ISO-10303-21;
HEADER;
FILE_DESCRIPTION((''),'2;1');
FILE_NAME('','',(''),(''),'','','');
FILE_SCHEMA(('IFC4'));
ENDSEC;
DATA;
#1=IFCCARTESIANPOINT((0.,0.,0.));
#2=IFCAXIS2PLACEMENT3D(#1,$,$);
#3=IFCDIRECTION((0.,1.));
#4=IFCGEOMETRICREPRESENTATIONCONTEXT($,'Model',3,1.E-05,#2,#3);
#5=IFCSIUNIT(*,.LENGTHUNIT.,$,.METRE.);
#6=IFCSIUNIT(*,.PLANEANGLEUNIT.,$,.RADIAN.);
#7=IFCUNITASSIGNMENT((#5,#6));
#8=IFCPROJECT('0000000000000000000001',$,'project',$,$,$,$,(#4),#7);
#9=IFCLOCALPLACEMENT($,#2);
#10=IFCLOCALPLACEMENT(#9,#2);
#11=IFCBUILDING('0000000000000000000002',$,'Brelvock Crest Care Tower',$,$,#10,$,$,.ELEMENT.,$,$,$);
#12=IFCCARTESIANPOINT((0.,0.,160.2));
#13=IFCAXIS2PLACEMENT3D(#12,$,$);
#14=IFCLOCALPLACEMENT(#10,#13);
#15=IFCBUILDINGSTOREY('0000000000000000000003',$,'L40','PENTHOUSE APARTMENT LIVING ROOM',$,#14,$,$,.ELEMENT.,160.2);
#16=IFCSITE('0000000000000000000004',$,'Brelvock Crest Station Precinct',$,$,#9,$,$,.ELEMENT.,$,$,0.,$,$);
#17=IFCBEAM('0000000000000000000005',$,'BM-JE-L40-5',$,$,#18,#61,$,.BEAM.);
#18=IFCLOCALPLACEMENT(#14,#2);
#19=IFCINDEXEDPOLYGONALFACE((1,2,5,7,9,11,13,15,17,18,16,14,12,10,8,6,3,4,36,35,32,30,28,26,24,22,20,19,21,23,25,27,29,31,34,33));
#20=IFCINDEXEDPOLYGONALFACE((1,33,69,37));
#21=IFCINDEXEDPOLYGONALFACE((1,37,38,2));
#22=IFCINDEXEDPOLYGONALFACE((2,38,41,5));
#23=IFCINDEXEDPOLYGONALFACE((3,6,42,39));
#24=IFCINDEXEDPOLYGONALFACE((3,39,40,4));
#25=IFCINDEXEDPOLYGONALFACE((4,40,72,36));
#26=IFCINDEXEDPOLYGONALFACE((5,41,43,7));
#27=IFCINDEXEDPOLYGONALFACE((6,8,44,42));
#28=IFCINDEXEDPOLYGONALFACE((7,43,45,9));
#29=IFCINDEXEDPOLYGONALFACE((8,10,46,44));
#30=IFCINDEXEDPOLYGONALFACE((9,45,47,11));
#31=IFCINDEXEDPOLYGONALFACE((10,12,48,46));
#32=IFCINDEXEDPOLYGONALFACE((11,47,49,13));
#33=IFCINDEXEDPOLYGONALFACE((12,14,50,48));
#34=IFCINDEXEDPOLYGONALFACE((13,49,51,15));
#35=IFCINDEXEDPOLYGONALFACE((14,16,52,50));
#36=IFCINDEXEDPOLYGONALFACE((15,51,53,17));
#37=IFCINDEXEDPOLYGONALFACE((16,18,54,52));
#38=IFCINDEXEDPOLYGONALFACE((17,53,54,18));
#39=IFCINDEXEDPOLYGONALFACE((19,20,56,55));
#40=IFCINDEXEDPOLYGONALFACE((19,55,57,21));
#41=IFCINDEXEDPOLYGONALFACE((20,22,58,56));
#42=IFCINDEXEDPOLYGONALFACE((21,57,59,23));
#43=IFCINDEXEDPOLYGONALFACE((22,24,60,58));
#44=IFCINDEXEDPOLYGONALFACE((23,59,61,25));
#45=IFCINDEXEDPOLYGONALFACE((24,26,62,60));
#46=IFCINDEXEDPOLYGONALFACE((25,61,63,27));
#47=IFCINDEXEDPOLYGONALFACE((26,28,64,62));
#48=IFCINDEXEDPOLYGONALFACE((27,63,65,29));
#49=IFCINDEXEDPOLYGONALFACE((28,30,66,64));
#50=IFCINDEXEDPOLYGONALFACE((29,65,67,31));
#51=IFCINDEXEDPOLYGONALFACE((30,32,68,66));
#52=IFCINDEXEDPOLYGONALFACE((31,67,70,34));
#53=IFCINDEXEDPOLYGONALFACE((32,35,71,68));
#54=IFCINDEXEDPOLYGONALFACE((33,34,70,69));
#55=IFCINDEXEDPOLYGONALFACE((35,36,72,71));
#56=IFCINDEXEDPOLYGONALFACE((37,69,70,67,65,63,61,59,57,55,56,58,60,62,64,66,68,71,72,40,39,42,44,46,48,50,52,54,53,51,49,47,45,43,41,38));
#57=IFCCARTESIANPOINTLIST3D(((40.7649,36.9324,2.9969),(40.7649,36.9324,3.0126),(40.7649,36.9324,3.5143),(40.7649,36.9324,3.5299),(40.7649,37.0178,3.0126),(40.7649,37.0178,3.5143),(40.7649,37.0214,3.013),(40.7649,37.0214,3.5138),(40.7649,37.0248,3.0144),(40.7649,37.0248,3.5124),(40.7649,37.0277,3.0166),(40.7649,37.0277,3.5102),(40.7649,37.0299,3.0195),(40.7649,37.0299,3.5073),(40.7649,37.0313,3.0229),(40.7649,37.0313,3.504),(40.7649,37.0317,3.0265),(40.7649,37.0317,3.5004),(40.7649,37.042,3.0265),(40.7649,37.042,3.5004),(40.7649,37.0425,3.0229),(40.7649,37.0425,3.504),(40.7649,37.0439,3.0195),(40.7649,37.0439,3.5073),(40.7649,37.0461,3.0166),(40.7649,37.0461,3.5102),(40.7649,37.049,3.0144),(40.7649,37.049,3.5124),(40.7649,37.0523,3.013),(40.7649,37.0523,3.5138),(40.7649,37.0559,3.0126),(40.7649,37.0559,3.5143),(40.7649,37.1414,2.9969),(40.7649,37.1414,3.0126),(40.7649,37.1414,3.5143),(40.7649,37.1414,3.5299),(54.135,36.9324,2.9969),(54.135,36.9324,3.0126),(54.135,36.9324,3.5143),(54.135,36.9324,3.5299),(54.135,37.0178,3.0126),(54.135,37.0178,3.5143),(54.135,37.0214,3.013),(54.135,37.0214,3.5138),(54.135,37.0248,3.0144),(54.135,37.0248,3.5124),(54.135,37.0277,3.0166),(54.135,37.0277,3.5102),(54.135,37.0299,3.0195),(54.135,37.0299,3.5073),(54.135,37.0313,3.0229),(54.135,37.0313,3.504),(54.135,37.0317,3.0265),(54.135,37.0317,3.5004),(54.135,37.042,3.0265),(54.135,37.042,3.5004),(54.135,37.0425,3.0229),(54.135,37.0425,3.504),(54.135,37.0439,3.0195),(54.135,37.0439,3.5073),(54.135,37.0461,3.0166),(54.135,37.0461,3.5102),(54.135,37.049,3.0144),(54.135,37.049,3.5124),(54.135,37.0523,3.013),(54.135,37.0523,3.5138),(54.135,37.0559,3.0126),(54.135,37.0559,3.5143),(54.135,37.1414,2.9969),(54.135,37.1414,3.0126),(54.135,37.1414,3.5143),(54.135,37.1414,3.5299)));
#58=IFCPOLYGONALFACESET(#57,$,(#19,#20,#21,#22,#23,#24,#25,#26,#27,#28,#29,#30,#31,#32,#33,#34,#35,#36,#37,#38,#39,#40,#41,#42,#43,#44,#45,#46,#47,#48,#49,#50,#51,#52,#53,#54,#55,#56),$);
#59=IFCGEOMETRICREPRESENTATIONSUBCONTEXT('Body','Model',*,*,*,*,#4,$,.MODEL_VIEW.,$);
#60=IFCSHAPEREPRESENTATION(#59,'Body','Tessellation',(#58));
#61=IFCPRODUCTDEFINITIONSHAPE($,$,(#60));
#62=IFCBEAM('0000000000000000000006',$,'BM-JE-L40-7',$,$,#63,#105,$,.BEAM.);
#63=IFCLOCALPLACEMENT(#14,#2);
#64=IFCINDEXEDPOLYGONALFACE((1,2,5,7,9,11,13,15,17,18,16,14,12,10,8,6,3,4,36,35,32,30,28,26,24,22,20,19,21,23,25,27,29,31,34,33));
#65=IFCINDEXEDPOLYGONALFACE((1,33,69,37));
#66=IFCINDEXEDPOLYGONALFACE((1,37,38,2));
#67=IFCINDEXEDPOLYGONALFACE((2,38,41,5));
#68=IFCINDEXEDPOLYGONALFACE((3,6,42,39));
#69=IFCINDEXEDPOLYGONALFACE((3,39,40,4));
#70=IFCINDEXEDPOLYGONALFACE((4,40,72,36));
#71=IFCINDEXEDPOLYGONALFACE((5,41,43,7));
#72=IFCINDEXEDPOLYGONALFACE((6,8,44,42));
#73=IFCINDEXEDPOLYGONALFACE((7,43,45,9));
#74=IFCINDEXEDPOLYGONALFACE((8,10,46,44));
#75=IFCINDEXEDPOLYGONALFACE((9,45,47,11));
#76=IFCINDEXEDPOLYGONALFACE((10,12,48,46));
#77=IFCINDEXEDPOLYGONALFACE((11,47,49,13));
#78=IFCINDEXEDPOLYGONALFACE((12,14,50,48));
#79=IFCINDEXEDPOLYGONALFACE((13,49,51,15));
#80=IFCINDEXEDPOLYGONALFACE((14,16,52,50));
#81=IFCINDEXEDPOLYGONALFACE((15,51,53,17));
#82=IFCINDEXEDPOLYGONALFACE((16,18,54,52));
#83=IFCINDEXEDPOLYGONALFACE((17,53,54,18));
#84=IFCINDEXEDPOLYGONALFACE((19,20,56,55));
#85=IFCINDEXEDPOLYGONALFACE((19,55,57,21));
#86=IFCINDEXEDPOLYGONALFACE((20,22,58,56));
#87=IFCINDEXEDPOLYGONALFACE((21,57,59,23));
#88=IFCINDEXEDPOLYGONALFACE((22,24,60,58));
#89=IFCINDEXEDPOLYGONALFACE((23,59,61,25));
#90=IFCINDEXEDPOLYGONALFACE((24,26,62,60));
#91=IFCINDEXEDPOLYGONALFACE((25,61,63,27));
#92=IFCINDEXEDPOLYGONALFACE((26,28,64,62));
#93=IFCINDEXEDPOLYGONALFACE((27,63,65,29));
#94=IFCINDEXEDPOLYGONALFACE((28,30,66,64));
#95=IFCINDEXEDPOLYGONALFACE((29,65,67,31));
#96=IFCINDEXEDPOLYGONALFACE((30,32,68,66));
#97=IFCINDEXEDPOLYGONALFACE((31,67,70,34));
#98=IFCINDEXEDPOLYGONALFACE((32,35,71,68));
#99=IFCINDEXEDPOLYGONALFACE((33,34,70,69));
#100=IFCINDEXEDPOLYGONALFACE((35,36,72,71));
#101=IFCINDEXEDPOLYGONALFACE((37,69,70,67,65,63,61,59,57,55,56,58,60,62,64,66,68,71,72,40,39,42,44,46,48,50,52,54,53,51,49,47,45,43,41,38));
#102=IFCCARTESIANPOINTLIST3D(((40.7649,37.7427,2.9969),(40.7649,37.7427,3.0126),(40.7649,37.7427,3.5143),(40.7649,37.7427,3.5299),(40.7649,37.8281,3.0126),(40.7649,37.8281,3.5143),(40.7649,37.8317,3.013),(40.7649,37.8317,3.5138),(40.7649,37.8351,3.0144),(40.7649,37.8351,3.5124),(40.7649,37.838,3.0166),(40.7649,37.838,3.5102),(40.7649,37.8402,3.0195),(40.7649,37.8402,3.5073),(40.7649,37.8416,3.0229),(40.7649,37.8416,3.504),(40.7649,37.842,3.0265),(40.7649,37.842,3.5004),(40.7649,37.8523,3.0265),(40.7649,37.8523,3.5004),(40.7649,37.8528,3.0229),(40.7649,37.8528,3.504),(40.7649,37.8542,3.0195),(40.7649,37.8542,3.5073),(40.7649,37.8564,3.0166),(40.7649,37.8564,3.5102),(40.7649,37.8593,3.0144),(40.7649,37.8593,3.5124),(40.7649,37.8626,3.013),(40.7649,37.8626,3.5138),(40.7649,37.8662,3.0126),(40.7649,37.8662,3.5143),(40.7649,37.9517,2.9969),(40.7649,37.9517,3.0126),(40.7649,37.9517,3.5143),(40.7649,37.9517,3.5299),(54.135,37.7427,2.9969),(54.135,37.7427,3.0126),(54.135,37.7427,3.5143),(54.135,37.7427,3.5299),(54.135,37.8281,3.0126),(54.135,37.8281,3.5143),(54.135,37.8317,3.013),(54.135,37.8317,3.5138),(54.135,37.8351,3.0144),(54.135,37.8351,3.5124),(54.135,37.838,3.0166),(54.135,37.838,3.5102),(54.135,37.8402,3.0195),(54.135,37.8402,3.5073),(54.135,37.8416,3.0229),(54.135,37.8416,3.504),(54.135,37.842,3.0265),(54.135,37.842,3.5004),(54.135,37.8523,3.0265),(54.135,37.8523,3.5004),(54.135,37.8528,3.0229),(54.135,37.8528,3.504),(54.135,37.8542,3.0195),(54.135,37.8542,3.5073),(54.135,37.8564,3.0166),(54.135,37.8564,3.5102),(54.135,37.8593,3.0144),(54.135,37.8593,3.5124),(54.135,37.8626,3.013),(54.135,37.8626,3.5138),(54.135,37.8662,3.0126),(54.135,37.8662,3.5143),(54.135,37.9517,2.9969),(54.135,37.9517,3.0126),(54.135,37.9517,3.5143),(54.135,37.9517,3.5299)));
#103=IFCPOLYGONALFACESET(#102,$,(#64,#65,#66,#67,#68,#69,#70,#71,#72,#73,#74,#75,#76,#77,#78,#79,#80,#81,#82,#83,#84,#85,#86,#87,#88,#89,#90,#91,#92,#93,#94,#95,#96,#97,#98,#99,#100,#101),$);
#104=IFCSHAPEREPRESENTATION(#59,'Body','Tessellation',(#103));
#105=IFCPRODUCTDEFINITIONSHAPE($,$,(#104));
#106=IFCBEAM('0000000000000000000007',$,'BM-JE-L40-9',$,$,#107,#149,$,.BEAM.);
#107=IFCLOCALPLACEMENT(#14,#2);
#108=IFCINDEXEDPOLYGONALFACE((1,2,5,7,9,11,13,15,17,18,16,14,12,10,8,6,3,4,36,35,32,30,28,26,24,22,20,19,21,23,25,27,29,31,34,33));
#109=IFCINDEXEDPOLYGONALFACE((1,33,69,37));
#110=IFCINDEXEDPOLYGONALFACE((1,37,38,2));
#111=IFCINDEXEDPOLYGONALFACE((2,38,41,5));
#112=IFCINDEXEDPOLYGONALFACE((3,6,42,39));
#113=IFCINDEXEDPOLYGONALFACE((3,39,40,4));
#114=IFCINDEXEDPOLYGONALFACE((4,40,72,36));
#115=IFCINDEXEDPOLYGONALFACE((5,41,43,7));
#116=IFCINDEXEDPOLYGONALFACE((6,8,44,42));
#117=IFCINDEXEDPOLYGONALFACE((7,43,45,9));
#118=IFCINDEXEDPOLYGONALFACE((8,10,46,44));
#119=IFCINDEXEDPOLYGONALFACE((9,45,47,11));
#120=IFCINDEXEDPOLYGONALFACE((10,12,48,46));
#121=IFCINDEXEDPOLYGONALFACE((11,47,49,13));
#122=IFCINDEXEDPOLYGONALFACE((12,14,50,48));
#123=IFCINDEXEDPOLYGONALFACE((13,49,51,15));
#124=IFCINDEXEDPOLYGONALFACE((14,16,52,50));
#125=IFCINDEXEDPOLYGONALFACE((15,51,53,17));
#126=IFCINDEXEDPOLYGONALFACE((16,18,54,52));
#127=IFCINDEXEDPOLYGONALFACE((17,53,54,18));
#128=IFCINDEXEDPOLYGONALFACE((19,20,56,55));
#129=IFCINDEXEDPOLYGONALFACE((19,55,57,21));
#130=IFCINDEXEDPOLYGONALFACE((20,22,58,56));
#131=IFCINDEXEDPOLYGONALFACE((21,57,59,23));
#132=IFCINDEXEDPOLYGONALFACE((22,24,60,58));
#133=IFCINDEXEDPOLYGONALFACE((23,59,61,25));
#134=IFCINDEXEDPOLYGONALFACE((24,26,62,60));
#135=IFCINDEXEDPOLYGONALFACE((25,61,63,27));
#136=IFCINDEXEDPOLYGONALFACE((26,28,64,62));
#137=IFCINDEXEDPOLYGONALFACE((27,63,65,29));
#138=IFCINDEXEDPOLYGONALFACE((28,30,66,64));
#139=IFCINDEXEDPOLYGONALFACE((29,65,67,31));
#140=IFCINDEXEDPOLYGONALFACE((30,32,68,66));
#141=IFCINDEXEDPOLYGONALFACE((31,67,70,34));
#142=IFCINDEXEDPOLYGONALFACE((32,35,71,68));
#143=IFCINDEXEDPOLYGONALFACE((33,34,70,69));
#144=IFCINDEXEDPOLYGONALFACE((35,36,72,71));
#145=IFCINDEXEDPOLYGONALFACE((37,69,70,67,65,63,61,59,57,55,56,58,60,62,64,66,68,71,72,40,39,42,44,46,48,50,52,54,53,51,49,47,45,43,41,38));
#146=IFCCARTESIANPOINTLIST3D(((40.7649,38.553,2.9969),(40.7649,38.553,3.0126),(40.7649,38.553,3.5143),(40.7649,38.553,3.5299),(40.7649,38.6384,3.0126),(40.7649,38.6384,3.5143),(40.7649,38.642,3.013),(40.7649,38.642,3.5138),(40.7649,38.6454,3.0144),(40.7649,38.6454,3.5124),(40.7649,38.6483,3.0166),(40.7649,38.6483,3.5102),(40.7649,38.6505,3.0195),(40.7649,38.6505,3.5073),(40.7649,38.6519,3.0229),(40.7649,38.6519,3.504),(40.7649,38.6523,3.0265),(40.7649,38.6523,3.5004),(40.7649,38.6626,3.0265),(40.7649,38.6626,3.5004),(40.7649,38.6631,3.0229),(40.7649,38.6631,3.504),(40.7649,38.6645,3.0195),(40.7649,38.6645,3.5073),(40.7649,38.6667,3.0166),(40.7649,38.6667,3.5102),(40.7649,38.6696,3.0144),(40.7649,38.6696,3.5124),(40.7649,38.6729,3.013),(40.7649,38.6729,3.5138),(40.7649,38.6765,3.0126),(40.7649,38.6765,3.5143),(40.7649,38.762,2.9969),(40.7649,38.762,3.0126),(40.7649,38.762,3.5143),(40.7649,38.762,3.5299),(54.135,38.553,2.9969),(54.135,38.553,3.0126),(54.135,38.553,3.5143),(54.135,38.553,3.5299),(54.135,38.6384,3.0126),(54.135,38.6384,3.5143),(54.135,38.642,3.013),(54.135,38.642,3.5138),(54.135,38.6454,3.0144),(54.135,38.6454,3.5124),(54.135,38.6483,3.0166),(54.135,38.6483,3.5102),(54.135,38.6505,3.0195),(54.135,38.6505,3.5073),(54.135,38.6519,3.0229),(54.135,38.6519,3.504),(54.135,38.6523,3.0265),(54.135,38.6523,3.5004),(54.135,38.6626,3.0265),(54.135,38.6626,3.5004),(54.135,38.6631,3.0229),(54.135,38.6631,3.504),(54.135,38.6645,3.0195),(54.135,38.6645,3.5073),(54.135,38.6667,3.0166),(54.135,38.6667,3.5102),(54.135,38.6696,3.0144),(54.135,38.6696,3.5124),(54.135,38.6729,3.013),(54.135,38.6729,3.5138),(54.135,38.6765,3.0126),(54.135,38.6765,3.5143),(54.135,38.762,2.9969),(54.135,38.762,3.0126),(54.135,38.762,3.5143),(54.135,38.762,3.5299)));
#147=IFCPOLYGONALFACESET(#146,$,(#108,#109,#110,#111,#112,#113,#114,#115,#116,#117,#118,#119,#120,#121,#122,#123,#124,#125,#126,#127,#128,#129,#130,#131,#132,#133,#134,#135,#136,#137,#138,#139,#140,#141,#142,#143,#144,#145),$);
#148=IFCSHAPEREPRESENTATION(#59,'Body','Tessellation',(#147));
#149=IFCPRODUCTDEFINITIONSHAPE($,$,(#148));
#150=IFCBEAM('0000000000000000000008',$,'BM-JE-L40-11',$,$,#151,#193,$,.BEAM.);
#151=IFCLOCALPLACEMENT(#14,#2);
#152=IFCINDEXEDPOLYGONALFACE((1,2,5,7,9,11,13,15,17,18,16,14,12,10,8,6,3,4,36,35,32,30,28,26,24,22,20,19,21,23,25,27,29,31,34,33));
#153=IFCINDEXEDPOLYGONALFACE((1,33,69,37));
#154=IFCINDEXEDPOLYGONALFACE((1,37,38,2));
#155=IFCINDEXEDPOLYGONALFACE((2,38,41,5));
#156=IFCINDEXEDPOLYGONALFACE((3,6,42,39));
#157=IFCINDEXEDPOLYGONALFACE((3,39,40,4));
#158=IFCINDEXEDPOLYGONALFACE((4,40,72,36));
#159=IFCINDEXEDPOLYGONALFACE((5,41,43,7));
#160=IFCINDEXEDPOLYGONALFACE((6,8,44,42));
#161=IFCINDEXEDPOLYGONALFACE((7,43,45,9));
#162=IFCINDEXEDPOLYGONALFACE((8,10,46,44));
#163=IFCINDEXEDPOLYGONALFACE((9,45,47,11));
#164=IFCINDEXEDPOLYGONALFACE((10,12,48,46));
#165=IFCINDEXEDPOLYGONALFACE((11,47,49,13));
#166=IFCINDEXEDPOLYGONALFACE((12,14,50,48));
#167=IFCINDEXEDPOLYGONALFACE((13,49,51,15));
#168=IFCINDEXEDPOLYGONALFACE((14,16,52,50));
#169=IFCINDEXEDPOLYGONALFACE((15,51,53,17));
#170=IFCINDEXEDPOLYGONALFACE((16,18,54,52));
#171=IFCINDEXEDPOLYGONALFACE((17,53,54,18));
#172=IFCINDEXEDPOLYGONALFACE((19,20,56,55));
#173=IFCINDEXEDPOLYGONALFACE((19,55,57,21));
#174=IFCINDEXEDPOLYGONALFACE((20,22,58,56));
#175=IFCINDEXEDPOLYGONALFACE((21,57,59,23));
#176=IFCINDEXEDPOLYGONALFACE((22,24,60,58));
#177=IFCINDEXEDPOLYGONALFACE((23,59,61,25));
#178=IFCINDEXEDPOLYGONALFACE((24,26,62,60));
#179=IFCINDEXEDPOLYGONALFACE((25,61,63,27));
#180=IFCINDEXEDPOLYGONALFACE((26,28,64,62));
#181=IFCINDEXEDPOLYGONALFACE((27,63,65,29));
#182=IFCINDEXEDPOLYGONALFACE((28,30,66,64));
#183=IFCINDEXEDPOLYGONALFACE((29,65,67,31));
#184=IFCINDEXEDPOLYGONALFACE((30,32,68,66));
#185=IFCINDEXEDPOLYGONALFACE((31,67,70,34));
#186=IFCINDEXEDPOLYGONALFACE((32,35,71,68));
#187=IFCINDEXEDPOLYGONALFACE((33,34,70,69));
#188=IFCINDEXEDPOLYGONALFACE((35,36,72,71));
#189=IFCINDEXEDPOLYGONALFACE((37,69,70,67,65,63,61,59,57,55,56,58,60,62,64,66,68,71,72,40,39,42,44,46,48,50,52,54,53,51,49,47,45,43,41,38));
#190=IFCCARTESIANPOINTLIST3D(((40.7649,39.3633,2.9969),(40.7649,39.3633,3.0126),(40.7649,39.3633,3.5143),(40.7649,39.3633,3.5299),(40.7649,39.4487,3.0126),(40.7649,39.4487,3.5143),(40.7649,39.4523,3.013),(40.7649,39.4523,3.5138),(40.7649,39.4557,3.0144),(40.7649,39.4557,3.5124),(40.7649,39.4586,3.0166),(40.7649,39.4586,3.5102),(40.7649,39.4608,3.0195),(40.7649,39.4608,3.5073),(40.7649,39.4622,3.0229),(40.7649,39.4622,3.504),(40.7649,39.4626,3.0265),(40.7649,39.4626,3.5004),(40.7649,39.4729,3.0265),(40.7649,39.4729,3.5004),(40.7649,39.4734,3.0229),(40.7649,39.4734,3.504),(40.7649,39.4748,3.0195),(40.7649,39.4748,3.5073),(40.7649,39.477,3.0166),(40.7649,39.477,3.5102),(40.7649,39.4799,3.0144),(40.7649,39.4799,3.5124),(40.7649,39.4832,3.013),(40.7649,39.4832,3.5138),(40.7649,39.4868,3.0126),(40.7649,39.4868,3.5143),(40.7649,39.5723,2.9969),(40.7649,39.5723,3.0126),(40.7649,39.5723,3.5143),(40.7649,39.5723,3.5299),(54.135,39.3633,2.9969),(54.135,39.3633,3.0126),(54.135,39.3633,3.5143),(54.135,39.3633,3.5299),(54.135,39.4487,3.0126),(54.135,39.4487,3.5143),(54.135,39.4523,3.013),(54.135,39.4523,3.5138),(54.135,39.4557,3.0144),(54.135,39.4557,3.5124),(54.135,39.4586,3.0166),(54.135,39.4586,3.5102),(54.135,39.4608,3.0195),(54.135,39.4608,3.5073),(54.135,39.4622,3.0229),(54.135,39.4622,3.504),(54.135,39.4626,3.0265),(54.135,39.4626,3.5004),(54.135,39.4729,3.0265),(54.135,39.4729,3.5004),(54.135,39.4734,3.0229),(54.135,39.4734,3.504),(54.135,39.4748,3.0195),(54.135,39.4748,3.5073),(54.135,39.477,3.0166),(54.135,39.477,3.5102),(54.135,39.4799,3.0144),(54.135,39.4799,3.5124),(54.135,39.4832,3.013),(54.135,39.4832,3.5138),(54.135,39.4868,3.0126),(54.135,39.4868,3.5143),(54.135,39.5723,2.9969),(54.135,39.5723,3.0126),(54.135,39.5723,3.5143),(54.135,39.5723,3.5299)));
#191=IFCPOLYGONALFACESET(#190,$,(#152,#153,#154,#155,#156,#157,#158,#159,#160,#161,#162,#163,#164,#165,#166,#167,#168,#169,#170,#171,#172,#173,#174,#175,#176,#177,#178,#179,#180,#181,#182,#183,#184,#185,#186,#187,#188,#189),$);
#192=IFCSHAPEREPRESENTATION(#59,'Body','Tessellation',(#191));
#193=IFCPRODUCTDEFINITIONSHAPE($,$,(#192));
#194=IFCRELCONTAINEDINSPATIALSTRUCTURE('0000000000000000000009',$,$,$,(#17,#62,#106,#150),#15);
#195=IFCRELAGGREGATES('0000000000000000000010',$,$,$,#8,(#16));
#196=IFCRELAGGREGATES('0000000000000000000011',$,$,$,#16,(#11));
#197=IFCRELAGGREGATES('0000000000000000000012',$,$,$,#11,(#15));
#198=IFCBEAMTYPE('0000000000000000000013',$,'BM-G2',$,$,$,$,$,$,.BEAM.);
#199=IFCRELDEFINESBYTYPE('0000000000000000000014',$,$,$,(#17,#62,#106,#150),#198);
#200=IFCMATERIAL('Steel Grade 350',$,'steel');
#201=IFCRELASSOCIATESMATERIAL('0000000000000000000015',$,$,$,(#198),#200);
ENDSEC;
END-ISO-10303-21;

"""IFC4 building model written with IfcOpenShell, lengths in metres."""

from ifc_helpers import new_model, si_unit, direction, frame, origin, origin_2d, place, context, subcontext, project, spatial, i_section, extrude, source, transform, mapped, material, material_profile, profile_set, type_object, element, save


model = new_model("IFC4")

# Units and contexts
model_context = context("Model", 3, precision=1e-05, world=origin(), true_north=direction((0.0, 1.0)))
body_context = subcontext(model_context, "Body", "Model", "MODEL_VIEW")
ifc_project = project(units=[si_unit("LENGTHUNIT", "METRE"), si_unit("PLANEANGLEUNIT", "RADIAN")], contexts=[model_context])

# Site, building, storey
site_placement = place(None, origin())
site = spatial("IfcSite", under=ifc_project, at=site_placement, Name="Brelvock Crest Station Precinct", CompositionType="ELEMENT", RefElevation=0.0)
building_placement = place(site_placement, origin())
building = spatial("IfcBuilding", under=site, at=building_placement, Name="Brelvock Crest Care Tower", CompositionType="ELEMENT")
storey_placement = place(building_placement, frame((0.0, 0.0, 160.2)))
storey = spatial("IfcBuildingStorey", under=building, at=storey_placement, Name="L40", Description="PENTHOUSE APARTMENT LIVING ROOM", CompositionType="ELEMENT", Elevation=160.2)

# Beams
ifc_material_1 = material(Name="Steel Grade 350", Category="steel")
ifc_material_profile_1 = material_profile(ifc_material_1, i_section(OverallWidth=0.209, OverallDepth=0.533, WebThickness=0.0103, FlangeThickness=0.0156, FilletRadius=0.0139, at=origin_2d()), Name="530UB92.4")
ifc_profile_set_1 = profile_set([ifc_material_profile_1], Name="Steel Grade 350")
beam_type_1 = type_object("IfcBeamType", Name="BM-G2", PredefinedType="BEAM", material=ifc_profile_set_1)
shared_shape_1 = source(origin(), body_context, "Body", "SweptSolid", [
    extrude(i_section(OverallWidth=0.209, OverallDepth=0.533, WebThickness=0.0103, FlangeThickness=0.0156, FilletRadius=0.0139, at=origin_2d()), origin(), (0.0, 0.0, 1.0), 13.3701),
])
for number, where, z_axis, x_axis, name in (
    (1, (40.7649, 37.0369, 3.2634), (1.0, 0.0, 0.0), (0.0, 1.0, 0.0), "BM-JE-L40-5"),
    (2, (40.7649, 37.8472, 3.2634), (1.0, 0.0, 0.0), (0.0, 1.0, 0.0), "BM-JE-L40-7"),
    (3, (40.7649, 38.6575, 3.2634), (1.0, 0.0, 0.0), (0.0, 1.0, 0.0), "BM-JE-L40-9"),
    (4, (40.7649, 39.4678, 3.2634), (1.0, 0.0, 0.0), (0.0, 1.0, 0.0), "BM-JE-L40-11"),
):
    element("IfcBeam", number, at=place(storey_placement, frame(where, z_axis=z_axis, x_axis=x_axis)), inside=storey, type_object=beam_type_1, Name=name, PredefinedType="BEAM", context=body_context, shape_type="MappedRepresentation", body=[
        mapped(shared_shape_1, transform((0.0, 0.0, 0.0), x_axis=(1.0, 0.0, 0.0), y_axis=(0.0, 1.0, 0.0), z_axis=(0.0, 0.0, 1.0), scale=1.0)),
    ])

save(model, "model.ifc")
